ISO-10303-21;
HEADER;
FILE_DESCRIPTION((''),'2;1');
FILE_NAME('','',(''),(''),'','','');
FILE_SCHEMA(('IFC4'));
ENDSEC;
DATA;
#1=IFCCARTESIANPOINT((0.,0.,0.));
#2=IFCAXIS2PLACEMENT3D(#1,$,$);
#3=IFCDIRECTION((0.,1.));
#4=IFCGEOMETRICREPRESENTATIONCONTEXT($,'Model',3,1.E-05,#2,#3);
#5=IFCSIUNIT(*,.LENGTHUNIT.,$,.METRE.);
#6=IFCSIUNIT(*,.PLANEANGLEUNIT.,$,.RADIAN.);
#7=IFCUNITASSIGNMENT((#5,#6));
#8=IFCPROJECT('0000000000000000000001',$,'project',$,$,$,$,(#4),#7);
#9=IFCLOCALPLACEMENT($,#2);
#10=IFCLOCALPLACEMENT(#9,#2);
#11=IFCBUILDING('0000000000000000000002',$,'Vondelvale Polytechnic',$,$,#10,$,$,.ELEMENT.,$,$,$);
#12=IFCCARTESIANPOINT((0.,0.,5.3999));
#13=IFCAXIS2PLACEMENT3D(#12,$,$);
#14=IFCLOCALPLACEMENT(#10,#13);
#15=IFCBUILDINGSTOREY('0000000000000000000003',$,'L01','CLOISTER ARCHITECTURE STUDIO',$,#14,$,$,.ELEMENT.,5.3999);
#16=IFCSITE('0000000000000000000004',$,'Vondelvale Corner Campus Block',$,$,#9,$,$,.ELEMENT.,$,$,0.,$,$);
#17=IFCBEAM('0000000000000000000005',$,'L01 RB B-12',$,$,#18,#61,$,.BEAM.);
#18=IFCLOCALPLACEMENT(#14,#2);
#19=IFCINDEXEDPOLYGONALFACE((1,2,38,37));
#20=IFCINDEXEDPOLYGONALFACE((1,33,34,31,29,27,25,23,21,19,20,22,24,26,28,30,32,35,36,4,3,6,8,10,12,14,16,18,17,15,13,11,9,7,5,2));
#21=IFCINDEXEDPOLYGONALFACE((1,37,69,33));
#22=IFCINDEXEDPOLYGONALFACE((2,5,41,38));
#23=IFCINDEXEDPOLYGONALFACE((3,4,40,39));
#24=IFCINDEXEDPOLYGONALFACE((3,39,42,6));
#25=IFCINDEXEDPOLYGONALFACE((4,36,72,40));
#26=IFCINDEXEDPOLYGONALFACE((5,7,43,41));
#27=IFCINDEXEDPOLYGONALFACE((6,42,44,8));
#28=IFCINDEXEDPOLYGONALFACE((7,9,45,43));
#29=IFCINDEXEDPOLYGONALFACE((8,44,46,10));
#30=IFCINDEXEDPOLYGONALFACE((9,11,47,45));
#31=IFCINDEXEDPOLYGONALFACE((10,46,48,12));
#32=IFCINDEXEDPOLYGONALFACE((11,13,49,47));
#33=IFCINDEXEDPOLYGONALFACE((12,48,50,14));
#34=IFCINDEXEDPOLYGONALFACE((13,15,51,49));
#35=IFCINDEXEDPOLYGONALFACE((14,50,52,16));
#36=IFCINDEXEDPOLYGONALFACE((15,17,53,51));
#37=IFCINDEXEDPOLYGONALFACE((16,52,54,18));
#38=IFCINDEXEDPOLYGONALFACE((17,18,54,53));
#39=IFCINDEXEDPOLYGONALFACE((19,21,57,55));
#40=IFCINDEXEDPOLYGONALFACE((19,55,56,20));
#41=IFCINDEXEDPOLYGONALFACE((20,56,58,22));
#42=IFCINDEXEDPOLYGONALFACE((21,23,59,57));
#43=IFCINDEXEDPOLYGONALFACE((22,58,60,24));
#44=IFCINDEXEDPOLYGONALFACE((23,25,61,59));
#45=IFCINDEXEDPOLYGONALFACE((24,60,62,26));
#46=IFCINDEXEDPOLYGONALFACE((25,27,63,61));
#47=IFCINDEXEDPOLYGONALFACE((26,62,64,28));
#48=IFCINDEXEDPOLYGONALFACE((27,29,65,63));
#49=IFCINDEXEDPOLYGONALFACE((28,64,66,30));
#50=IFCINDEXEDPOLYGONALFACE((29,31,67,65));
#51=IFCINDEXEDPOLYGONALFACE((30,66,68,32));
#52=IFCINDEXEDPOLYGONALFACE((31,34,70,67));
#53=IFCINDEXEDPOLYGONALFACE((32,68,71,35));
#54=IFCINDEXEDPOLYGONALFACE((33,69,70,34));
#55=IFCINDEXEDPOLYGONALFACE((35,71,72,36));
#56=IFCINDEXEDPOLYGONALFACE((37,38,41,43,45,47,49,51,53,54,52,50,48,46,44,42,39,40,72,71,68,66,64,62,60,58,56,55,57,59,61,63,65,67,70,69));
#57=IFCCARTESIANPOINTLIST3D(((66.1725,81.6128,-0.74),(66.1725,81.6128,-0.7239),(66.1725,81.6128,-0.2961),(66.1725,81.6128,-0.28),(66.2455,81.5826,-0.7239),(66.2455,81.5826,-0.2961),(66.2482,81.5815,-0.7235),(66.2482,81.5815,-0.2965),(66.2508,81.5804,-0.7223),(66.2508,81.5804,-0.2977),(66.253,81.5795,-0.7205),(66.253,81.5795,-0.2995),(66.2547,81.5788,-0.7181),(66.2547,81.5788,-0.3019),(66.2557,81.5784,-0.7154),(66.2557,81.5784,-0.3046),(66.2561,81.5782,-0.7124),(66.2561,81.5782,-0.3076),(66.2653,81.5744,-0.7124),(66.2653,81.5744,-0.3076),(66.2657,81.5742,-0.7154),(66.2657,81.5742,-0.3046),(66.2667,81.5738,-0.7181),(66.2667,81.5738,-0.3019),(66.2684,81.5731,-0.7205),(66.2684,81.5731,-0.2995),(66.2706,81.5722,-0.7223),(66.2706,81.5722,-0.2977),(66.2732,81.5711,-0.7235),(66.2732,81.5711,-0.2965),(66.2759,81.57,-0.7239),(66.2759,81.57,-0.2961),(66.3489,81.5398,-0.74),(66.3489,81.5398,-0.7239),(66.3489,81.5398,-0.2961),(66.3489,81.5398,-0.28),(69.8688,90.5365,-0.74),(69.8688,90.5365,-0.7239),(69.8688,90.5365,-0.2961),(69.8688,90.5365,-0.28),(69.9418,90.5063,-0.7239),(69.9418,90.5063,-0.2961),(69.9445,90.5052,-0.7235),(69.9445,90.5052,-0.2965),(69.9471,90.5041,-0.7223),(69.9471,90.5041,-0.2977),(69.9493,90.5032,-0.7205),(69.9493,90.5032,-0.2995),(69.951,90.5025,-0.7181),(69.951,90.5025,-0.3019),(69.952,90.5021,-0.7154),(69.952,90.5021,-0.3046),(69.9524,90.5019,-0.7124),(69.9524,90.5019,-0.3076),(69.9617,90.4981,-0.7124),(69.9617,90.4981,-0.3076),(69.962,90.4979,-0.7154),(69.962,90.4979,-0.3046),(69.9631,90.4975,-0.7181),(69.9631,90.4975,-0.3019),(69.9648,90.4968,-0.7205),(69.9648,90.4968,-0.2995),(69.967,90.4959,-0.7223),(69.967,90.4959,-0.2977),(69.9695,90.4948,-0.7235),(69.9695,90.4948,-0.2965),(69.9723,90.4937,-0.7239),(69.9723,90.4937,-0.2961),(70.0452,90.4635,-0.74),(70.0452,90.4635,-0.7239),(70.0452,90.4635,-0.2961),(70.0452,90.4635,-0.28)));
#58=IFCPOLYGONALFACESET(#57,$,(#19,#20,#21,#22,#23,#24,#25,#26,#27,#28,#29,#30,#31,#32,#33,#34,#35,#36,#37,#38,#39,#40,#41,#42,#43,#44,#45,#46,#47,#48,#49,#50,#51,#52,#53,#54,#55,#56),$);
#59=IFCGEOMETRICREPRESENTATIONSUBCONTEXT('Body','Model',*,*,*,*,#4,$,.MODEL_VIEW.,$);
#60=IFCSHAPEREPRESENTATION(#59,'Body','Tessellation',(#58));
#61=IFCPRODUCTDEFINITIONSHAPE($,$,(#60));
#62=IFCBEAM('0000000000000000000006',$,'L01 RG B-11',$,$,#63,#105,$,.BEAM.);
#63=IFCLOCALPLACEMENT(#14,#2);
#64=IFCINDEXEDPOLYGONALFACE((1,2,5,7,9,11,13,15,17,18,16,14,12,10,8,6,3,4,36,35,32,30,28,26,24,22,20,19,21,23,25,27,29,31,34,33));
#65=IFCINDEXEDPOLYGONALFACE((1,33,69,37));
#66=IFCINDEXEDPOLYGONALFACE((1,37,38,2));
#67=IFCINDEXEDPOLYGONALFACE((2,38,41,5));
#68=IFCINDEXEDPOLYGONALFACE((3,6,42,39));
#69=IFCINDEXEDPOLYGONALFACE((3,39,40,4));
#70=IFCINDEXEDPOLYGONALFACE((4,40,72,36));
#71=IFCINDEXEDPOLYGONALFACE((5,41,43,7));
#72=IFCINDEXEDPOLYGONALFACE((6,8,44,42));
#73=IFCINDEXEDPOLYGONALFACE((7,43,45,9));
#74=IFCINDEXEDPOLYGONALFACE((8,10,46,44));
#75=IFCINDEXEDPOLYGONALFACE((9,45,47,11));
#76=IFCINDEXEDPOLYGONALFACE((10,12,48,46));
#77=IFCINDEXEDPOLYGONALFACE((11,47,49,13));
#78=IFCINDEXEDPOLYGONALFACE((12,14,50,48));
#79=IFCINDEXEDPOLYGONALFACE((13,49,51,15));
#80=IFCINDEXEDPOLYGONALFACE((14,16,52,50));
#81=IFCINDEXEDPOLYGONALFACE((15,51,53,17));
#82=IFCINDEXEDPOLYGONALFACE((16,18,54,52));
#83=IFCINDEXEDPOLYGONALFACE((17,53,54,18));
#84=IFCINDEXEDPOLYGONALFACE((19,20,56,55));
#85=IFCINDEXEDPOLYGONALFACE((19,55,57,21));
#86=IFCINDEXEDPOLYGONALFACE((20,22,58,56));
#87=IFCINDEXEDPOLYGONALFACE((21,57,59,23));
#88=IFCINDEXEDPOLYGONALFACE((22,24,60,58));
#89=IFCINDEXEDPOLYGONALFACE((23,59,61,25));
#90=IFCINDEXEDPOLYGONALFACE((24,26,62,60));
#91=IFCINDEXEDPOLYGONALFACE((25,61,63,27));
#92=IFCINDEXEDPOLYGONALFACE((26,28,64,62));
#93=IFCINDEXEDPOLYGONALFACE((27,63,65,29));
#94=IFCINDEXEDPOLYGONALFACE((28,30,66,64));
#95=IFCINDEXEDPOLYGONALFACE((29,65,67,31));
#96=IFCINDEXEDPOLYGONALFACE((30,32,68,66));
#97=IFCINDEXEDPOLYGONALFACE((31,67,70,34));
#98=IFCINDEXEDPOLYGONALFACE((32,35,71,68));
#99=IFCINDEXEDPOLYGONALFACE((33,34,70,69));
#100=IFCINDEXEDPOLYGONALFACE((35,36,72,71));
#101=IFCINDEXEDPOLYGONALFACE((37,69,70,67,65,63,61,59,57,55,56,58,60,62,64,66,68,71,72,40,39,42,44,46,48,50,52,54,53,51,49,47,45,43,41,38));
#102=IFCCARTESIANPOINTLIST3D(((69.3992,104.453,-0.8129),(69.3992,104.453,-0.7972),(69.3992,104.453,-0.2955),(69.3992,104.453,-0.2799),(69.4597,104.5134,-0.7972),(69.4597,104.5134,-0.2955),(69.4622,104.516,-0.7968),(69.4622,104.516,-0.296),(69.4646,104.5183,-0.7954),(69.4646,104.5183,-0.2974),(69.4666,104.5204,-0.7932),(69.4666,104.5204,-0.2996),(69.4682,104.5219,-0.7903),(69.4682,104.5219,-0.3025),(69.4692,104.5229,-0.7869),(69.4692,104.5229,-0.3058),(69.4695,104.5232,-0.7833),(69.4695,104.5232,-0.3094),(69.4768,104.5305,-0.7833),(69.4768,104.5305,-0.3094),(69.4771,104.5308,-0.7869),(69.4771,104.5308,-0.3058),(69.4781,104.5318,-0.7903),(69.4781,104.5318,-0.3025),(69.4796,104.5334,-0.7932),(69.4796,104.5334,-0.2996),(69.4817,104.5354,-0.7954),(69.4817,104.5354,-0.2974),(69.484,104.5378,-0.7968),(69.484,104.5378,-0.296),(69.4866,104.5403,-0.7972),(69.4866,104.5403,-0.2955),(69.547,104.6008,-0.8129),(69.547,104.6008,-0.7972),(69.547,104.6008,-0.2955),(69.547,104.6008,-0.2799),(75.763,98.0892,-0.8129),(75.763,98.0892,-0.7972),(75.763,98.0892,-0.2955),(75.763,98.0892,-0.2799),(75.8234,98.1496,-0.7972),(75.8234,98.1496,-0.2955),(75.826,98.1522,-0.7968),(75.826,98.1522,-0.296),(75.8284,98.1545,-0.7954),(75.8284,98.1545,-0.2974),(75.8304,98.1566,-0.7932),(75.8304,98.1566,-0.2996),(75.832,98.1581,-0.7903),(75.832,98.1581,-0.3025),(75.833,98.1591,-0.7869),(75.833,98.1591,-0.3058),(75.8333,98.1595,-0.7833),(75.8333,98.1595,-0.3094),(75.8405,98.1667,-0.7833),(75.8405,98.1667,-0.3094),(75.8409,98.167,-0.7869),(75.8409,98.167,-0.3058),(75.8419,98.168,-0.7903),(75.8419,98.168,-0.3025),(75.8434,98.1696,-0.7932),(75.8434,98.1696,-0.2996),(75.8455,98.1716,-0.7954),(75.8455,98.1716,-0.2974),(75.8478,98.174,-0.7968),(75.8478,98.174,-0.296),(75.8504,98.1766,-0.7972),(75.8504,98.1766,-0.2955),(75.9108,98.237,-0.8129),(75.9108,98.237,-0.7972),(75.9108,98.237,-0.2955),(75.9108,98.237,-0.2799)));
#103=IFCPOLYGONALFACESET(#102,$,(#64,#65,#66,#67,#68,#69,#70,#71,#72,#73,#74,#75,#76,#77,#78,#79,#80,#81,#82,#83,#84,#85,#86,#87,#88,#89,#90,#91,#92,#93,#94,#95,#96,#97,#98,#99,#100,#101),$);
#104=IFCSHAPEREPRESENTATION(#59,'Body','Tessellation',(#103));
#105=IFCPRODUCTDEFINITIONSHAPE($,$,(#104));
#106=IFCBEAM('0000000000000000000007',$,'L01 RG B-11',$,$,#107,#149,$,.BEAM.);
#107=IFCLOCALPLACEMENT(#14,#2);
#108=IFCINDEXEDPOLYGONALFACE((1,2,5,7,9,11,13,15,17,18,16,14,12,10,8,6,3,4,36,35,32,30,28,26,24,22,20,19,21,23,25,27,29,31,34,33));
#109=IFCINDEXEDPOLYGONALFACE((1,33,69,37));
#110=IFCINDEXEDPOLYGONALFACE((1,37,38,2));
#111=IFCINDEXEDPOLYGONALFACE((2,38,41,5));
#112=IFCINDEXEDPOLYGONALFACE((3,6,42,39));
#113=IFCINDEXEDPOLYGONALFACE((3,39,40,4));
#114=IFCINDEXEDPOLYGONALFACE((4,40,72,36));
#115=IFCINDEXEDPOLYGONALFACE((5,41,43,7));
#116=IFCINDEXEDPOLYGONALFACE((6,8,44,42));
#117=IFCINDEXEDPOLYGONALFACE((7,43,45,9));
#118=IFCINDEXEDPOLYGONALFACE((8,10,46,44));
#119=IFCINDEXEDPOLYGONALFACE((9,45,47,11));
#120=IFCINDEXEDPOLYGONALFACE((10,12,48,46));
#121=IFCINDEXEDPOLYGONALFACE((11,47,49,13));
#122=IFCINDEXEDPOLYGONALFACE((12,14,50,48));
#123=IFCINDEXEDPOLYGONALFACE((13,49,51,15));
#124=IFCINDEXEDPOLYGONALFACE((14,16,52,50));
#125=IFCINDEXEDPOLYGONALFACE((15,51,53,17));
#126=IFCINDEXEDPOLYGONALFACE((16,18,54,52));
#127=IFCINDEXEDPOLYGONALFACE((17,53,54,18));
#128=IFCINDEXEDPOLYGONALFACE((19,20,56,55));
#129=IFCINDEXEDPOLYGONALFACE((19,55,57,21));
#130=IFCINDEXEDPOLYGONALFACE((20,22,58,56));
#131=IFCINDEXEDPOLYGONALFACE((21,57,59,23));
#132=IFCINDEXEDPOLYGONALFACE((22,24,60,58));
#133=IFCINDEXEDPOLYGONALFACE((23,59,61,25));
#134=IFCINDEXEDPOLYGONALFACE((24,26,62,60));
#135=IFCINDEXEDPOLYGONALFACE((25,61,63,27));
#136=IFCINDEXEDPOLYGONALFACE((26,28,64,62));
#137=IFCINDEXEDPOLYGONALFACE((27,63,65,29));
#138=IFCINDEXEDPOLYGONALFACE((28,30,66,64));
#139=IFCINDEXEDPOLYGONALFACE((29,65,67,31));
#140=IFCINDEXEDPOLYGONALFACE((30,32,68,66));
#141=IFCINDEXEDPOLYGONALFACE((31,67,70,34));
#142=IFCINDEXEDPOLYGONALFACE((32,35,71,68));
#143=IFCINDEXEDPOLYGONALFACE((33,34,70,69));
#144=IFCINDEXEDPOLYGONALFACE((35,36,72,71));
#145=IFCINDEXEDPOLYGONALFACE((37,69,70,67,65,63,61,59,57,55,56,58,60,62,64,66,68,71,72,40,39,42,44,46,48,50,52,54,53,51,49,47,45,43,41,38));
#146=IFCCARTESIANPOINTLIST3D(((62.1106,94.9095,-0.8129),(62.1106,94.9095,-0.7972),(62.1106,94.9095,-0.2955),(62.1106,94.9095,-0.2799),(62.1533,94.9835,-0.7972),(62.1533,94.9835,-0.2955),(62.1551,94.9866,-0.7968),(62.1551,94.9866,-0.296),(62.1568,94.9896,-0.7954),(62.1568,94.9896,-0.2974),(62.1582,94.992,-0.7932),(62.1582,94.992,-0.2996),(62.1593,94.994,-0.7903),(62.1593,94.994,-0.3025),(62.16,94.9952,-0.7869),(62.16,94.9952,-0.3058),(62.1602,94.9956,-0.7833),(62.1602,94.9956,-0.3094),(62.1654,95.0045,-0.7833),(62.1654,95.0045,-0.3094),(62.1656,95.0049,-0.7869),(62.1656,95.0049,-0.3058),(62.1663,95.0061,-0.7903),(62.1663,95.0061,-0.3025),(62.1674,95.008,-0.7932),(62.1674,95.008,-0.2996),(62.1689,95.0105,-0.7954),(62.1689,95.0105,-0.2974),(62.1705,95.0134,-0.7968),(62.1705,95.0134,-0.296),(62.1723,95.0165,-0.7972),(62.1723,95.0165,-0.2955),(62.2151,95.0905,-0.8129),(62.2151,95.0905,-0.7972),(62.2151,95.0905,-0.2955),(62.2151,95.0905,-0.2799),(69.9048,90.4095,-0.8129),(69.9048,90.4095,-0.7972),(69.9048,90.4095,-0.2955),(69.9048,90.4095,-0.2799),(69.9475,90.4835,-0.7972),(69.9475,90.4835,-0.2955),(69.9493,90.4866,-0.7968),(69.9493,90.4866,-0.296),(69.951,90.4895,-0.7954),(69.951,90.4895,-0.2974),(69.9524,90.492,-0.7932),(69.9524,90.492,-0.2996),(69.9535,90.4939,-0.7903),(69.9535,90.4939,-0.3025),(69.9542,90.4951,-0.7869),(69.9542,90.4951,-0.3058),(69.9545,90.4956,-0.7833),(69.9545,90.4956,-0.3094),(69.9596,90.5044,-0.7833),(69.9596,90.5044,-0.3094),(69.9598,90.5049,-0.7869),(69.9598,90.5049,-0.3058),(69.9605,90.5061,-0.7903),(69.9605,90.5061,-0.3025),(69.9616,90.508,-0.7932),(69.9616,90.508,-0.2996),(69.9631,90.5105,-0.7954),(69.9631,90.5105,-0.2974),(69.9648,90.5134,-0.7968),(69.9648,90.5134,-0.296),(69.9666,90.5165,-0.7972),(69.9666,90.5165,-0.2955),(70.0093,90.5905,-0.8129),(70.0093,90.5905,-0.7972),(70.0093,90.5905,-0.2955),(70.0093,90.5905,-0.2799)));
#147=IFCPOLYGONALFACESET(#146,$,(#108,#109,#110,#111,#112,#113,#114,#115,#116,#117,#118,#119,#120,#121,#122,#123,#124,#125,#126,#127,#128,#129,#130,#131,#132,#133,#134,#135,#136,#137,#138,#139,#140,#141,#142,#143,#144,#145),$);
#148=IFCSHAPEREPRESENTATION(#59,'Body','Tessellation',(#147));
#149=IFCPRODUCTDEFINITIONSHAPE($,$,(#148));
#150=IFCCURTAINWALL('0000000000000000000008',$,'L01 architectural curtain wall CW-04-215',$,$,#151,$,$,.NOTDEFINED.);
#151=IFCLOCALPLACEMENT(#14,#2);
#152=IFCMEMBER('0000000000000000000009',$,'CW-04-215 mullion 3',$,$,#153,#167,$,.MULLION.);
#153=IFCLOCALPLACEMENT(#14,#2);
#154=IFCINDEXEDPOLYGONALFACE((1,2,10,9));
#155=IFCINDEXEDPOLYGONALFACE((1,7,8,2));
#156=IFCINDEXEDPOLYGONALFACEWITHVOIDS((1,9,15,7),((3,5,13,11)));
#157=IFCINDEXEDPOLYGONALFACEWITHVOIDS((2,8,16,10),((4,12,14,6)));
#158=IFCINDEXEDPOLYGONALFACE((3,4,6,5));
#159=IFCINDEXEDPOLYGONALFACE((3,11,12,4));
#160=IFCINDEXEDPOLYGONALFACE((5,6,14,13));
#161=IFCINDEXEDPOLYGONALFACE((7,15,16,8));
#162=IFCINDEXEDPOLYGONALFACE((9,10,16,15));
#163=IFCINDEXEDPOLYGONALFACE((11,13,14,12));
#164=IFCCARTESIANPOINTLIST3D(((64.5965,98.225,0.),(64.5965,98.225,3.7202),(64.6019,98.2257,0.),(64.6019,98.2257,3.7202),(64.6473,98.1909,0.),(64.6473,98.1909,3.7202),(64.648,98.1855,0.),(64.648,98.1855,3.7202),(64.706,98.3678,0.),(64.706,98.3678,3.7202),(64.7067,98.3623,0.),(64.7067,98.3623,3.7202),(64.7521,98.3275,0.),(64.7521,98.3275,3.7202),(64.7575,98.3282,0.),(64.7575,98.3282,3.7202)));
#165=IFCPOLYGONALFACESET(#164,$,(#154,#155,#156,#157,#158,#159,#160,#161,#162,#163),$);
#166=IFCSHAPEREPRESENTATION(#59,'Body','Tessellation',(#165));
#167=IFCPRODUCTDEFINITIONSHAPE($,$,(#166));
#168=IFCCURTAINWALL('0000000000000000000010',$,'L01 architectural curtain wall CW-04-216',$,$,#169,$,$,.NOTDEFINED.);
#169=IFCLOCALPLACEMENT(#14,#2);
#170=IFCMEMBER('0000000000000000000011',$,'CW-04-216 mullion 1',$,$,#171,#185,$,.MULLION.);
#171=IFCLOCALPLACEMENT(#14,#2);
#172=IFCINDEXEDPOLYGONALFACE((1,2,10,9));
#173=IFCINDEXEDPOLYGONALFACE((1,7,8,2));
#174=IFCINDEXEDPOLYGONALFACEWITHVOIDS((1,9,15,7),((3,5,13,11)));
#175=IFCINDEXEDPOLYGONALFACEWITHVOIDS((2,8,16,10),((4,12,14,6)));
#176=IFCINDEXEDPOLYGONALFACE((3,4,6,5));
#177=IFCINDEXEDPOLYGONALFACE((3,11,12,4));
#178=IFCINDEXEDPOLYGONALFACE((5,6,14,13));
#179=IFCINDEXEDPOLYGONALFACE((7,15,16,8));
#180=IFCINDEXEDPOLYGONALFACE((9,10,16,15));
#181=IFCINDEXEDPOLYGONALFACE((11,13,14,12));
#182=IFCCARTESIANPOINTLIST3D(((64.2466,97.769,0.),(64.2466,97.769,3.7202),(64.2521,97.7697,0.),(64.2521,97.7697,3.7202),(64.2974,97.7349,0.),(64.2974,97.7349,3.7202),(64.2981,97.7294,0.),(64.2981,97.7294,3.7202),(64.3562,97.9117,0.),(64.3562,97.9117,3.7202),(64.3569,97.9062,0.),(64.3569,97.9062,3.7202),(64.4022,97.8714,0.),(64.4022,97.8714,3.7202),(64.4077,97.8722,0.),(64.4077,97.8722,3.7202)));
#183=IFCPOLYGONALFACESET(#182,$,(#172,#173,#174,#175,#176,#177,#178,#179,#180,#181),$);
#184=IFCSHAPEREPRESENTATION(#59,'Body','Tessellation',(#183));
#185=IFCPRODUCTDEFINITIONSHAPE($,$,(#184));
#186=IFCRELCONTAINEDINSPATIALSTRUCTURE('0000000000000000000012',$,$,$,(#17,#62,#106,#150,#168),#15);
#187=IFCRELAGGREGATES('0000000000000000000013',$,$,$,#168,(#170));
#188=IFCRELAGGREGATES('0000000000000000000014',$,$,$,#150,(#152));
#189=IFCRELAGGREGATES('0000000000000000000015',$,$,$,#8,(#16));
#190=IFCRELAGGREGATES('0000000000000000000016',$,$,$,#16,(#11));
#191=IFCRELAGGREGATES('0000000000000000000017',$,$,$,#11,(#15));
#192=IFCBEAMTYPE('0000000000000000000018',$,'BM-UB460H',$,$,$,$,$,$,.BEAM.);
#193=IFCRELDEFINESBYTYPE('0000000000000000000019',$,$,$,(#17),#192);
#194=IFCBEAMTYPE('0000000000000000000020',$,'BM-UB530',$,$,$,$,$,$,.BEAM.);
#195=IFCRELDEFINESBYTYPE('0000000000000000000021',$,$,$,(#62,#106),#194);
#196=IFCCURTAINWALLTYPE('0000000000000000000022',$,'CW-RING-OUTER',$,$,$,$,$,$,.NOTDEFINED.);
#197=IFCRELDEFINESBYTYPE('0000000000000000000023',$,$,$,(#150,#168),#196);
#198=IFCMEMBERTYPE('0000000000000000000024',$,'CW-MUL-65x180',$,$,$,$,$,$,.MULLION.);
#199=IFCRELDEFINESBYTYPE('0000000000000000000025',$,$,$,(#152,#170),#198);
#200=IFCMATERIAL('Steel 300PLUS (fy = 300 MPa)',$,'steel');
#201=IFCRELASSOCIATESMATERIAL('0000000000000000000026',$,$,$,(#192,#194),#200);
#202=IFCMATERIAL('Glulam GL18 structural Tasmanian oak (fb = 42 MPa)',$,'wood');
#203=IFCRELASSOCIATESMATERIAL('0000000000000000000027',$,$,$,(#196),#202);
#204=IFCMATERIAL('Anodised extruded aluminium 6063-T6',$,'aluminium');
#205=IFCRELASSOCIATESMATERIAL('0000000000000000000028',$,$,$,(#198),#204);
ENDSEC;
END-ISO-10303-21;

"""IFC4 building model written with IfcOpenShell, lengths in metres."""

from ifc_helpers import new_model, si_unit, direction, frame, origin, origin_2d, place, context, subcontext, project, spatial, hollow_rectangle, i_section, extrude, material, material_profile, profile_set, type_object, element, aggregate, save


model = new_model("IFC4")

# Units and contexts
model_context = context("Model", 3, precision=1e-05, world=origin(), true_north=direction((0.0, 1.0)))
body_context = subcontext(model_context, "Body", "Model", "MODEL_VIEW")
ifc_project = project(units=[si_unit("LENGTHUNIT", "METRE"), si_unit("PLANEANGLEUNIT", "RADIAN")], contexts=[model_context])

# Site, building, storey
site_placement = place(None, origin())
site = spatial("IfcSite", under=ifc_project, at=site_placement, Name="Vondelvale Corner Campus Block", CompositionType="ELEMENT", RefElevation=0.0)
building_placement = place(site_placement, origin())
building = spatial("IfcBuilding", under=site, at=building_placement, Name="Vondelvale Polytechnic", CompositionType="ELEMENT")
storey_placement = place(building_placement, frame((0.0, 0.0, 5.3999)))
storey = spatial("IfcBuildingStorey", under=building, at=storey_placement, Name="L01", Description="CLOISTER ARCHITECTURE STUDIO", CompositionType="ELEMENT", Elevation=5.3999)

# Shared definitions
ifc_material_1 = material(Name="Glulam GL18 structural Tasmanian oak (fb = 42 MPa)", Category="wood")
ifc_material_2 = material(Name="Steel 300PLUS (fy = 300 MPa)", Category="steel")

# Beams
ifc_material_profile_1 = material_profile(ifc_material_2, i_section(OverallWidth=0.1909, OverallDepth=0.46, WebThickness=0.01, FlangeThickness=0.0161, FilletRadius=0.0115, at=origin_2d()), Name="460UB82.1")
ifc_profile_set_1 = profile_set([ifc_material_profile_1], Name="Steel 300PLUS (fy = 300 MPa)")
beam_type_1 = type_object("IfcBeamType", Name="BM-UB460H", PredefinedType="BEAM", material=ifc_profile_set_1)
for number, where, z_axis, x_axis, name in (
    (1, (69.957, 90.5, -0.51), (-0.382685, -0.923879, 0.0), (0.923879, -0.382685, 0.0), "L01 RB B-12"),
):
    element("IfcBeam", number, at=place(storey_placement, frame(where, z_axis=z_axis, x_axis=x_axis)), inside=storey, type_object=beam_type_1, Name=name, PredefinedType="BEAM", context=body_context, shape_type="SweptSolid", body=[
        extrude(i_section(OverallWidth=0.1909, OverallDepth=0.46, WebThickness=0.01, FlangeThickness=0.0161, FilletRadius=0.0115, at=origin_2d()), origin(), (0.0, 0.0, 1.0), 9.6589),
    ])
ifc_material_profile_2 = material_profile(ifc_material_2, i_section(OverallWidth=0.209, OverallDepth=0.533, WebThickness=0.0103, FlangeThickness=0.0156, FilletRadius=0.0139, at=origin_2d()), Name="530UB92.4")
ifc_profile_set_2 = profile_set([ifc_material_profile_2], Name="Steel 300PLUS (fy = 300 MPa)")
beam_type_2 = type_object("IfcBeamType", Name="BM-UB530", PredefinedType="BEAM", material=ifc_profile_set_2)
beam_1_placement = place(storey_placement, frame((75.8369, 98.1631, -0.5464), z_axis=(-0.707107, 0.707107, 0.0), x_axis=(-0.707107, -0.707107, 0.0)))
element("IfcBeam", 2, at=beam_1_placement, inside=storey, type_object=beam_type_2, Name="L01 RG B-11", PredefinedType="BEAM", context=body_context, shape_type="SweptSolid", body=[
    extrude(i_section(OverallWidth=0.209, OverallDepth=0.533, WebThickness=0.0103, FlangeThickness=0.0156, FilletRadius=0.0139, at=origin_2d()), origin(), (0.0, 0.0, 1.0), 8.9998),
])
beam_2_placement = place(storey_placement, frame((69.957, 90.5, -0.5464), z_axis=(-0.866024, 0.500002, 0.0), x_axis=(-0.500002, -0.866024, 0.0)))
element("IfcBeam", 3, at=beam_2_placement, inside=storey, type_object=beam_type_2, Name="L01 RG B-11", PredefinedType="BEAM", context=body_context, shape_type="SweptSolid", body=[
    extrude(i_section(OverallWidth=0.209, OverallDepth=0.533, WebThickness=0.0103, FlangeThickness=0.0156, FilletRadius=0.0139, at=origin_2d()), origin(), (0.0, 0.0, 1.0), 9.0),
])

# Curtain walls, members
curtain_wall_type_1 = type_object("IfcCurtainWallType", Name="CW-RING-OUTER", PredefinedType="NOTDEFINED", material=ifc_material_1)
curtain_wall_1_placement = place(storey_placement, origin())
curtain_wall_1 = element("IfcCurtainWall", 4, at=curtain_wall_1_placement, inside=storey, type_object=curtain_wall_type_1, Name="L01 architectural curtain wall CW-04-215", PredefinedType="NOTDEFINED")
ifc_material_3 = material(Name="Anodised extruded aluminium 6063-T6", Category="aluminium")
ifc_material_profile_3 = material_profile(ifc_material_3, hollow_rectangle(XDim=0.0649, YDim=0.1799, WallThickness=0.0039, at=origin_2d()), Name="CW-MUL-180x65")
ifc_profile_set_3 = profile_set([ifc_material_profile_3], Name="Anodised extruded aluminium 6063-T6")
member_type_1 = type_object("IfcMemberType", Name="CW-MUL-65x180", PredefinedType="MULLION", material=ifc_profile_set_3)
member_1_placement = place(storey_placement, frame((64.677, 98.2766, 0.0), z_axis=(0.0, 0.0, 1.0), x_axis=(0.793346, -0.608771, 0.0)))
member_1 = element("IfcMember", 5, at=member_1_placement, type_object=member_type_1, Name="CW-04-215 mullion 3", PredefinedType="MULLION", context=body_context, shape_type="SweptSolid", body=[
    extrude(hollow_rectangle(XDim=0.0649, YDim=0.1799, WallThickness=0.0039, at=origin_2d()), origin(), (0.0, 0.0, 1.0), 3.7202),
])
curtain_wall_2_placement = place(storey_placement, origin())
curtain_wall_2 = element("IfcCurtainWall", 6, at=curtain_wall_2_placement, inside=storey, type_object=curtain_wall_type_1, Name="L01 architectural curtain wall CW-04-216", PredefinedType="NOTDEFINED")
member_2_placement = place(storey_placement, frame((64.3271, 97.8206, 0.0), z_axis=(0.0, 0.0, 1.0), x_axis=(0.793334, -0.608787, 0.0)))
member_2 = element("IfcMember", 7, at=member_2_placement, type_object=member_type_1, Name="CW-04-216 mullion 1", PredefinedType="MULLION", context=body_context, shape_type="SweptSolid", body=[
    extrude(hollow_rectangle(XDim=0.0649, YDim=0.1799, WallThickness=0.0039, at=origin_2d()), origin(), (0.0, 0.0, 1.0), 3.7202),
])
aggregate(curtain_wall_2, [member_2])

aggregate(curtain_wall_1, [member_1])

save(model, "model.ifc")
